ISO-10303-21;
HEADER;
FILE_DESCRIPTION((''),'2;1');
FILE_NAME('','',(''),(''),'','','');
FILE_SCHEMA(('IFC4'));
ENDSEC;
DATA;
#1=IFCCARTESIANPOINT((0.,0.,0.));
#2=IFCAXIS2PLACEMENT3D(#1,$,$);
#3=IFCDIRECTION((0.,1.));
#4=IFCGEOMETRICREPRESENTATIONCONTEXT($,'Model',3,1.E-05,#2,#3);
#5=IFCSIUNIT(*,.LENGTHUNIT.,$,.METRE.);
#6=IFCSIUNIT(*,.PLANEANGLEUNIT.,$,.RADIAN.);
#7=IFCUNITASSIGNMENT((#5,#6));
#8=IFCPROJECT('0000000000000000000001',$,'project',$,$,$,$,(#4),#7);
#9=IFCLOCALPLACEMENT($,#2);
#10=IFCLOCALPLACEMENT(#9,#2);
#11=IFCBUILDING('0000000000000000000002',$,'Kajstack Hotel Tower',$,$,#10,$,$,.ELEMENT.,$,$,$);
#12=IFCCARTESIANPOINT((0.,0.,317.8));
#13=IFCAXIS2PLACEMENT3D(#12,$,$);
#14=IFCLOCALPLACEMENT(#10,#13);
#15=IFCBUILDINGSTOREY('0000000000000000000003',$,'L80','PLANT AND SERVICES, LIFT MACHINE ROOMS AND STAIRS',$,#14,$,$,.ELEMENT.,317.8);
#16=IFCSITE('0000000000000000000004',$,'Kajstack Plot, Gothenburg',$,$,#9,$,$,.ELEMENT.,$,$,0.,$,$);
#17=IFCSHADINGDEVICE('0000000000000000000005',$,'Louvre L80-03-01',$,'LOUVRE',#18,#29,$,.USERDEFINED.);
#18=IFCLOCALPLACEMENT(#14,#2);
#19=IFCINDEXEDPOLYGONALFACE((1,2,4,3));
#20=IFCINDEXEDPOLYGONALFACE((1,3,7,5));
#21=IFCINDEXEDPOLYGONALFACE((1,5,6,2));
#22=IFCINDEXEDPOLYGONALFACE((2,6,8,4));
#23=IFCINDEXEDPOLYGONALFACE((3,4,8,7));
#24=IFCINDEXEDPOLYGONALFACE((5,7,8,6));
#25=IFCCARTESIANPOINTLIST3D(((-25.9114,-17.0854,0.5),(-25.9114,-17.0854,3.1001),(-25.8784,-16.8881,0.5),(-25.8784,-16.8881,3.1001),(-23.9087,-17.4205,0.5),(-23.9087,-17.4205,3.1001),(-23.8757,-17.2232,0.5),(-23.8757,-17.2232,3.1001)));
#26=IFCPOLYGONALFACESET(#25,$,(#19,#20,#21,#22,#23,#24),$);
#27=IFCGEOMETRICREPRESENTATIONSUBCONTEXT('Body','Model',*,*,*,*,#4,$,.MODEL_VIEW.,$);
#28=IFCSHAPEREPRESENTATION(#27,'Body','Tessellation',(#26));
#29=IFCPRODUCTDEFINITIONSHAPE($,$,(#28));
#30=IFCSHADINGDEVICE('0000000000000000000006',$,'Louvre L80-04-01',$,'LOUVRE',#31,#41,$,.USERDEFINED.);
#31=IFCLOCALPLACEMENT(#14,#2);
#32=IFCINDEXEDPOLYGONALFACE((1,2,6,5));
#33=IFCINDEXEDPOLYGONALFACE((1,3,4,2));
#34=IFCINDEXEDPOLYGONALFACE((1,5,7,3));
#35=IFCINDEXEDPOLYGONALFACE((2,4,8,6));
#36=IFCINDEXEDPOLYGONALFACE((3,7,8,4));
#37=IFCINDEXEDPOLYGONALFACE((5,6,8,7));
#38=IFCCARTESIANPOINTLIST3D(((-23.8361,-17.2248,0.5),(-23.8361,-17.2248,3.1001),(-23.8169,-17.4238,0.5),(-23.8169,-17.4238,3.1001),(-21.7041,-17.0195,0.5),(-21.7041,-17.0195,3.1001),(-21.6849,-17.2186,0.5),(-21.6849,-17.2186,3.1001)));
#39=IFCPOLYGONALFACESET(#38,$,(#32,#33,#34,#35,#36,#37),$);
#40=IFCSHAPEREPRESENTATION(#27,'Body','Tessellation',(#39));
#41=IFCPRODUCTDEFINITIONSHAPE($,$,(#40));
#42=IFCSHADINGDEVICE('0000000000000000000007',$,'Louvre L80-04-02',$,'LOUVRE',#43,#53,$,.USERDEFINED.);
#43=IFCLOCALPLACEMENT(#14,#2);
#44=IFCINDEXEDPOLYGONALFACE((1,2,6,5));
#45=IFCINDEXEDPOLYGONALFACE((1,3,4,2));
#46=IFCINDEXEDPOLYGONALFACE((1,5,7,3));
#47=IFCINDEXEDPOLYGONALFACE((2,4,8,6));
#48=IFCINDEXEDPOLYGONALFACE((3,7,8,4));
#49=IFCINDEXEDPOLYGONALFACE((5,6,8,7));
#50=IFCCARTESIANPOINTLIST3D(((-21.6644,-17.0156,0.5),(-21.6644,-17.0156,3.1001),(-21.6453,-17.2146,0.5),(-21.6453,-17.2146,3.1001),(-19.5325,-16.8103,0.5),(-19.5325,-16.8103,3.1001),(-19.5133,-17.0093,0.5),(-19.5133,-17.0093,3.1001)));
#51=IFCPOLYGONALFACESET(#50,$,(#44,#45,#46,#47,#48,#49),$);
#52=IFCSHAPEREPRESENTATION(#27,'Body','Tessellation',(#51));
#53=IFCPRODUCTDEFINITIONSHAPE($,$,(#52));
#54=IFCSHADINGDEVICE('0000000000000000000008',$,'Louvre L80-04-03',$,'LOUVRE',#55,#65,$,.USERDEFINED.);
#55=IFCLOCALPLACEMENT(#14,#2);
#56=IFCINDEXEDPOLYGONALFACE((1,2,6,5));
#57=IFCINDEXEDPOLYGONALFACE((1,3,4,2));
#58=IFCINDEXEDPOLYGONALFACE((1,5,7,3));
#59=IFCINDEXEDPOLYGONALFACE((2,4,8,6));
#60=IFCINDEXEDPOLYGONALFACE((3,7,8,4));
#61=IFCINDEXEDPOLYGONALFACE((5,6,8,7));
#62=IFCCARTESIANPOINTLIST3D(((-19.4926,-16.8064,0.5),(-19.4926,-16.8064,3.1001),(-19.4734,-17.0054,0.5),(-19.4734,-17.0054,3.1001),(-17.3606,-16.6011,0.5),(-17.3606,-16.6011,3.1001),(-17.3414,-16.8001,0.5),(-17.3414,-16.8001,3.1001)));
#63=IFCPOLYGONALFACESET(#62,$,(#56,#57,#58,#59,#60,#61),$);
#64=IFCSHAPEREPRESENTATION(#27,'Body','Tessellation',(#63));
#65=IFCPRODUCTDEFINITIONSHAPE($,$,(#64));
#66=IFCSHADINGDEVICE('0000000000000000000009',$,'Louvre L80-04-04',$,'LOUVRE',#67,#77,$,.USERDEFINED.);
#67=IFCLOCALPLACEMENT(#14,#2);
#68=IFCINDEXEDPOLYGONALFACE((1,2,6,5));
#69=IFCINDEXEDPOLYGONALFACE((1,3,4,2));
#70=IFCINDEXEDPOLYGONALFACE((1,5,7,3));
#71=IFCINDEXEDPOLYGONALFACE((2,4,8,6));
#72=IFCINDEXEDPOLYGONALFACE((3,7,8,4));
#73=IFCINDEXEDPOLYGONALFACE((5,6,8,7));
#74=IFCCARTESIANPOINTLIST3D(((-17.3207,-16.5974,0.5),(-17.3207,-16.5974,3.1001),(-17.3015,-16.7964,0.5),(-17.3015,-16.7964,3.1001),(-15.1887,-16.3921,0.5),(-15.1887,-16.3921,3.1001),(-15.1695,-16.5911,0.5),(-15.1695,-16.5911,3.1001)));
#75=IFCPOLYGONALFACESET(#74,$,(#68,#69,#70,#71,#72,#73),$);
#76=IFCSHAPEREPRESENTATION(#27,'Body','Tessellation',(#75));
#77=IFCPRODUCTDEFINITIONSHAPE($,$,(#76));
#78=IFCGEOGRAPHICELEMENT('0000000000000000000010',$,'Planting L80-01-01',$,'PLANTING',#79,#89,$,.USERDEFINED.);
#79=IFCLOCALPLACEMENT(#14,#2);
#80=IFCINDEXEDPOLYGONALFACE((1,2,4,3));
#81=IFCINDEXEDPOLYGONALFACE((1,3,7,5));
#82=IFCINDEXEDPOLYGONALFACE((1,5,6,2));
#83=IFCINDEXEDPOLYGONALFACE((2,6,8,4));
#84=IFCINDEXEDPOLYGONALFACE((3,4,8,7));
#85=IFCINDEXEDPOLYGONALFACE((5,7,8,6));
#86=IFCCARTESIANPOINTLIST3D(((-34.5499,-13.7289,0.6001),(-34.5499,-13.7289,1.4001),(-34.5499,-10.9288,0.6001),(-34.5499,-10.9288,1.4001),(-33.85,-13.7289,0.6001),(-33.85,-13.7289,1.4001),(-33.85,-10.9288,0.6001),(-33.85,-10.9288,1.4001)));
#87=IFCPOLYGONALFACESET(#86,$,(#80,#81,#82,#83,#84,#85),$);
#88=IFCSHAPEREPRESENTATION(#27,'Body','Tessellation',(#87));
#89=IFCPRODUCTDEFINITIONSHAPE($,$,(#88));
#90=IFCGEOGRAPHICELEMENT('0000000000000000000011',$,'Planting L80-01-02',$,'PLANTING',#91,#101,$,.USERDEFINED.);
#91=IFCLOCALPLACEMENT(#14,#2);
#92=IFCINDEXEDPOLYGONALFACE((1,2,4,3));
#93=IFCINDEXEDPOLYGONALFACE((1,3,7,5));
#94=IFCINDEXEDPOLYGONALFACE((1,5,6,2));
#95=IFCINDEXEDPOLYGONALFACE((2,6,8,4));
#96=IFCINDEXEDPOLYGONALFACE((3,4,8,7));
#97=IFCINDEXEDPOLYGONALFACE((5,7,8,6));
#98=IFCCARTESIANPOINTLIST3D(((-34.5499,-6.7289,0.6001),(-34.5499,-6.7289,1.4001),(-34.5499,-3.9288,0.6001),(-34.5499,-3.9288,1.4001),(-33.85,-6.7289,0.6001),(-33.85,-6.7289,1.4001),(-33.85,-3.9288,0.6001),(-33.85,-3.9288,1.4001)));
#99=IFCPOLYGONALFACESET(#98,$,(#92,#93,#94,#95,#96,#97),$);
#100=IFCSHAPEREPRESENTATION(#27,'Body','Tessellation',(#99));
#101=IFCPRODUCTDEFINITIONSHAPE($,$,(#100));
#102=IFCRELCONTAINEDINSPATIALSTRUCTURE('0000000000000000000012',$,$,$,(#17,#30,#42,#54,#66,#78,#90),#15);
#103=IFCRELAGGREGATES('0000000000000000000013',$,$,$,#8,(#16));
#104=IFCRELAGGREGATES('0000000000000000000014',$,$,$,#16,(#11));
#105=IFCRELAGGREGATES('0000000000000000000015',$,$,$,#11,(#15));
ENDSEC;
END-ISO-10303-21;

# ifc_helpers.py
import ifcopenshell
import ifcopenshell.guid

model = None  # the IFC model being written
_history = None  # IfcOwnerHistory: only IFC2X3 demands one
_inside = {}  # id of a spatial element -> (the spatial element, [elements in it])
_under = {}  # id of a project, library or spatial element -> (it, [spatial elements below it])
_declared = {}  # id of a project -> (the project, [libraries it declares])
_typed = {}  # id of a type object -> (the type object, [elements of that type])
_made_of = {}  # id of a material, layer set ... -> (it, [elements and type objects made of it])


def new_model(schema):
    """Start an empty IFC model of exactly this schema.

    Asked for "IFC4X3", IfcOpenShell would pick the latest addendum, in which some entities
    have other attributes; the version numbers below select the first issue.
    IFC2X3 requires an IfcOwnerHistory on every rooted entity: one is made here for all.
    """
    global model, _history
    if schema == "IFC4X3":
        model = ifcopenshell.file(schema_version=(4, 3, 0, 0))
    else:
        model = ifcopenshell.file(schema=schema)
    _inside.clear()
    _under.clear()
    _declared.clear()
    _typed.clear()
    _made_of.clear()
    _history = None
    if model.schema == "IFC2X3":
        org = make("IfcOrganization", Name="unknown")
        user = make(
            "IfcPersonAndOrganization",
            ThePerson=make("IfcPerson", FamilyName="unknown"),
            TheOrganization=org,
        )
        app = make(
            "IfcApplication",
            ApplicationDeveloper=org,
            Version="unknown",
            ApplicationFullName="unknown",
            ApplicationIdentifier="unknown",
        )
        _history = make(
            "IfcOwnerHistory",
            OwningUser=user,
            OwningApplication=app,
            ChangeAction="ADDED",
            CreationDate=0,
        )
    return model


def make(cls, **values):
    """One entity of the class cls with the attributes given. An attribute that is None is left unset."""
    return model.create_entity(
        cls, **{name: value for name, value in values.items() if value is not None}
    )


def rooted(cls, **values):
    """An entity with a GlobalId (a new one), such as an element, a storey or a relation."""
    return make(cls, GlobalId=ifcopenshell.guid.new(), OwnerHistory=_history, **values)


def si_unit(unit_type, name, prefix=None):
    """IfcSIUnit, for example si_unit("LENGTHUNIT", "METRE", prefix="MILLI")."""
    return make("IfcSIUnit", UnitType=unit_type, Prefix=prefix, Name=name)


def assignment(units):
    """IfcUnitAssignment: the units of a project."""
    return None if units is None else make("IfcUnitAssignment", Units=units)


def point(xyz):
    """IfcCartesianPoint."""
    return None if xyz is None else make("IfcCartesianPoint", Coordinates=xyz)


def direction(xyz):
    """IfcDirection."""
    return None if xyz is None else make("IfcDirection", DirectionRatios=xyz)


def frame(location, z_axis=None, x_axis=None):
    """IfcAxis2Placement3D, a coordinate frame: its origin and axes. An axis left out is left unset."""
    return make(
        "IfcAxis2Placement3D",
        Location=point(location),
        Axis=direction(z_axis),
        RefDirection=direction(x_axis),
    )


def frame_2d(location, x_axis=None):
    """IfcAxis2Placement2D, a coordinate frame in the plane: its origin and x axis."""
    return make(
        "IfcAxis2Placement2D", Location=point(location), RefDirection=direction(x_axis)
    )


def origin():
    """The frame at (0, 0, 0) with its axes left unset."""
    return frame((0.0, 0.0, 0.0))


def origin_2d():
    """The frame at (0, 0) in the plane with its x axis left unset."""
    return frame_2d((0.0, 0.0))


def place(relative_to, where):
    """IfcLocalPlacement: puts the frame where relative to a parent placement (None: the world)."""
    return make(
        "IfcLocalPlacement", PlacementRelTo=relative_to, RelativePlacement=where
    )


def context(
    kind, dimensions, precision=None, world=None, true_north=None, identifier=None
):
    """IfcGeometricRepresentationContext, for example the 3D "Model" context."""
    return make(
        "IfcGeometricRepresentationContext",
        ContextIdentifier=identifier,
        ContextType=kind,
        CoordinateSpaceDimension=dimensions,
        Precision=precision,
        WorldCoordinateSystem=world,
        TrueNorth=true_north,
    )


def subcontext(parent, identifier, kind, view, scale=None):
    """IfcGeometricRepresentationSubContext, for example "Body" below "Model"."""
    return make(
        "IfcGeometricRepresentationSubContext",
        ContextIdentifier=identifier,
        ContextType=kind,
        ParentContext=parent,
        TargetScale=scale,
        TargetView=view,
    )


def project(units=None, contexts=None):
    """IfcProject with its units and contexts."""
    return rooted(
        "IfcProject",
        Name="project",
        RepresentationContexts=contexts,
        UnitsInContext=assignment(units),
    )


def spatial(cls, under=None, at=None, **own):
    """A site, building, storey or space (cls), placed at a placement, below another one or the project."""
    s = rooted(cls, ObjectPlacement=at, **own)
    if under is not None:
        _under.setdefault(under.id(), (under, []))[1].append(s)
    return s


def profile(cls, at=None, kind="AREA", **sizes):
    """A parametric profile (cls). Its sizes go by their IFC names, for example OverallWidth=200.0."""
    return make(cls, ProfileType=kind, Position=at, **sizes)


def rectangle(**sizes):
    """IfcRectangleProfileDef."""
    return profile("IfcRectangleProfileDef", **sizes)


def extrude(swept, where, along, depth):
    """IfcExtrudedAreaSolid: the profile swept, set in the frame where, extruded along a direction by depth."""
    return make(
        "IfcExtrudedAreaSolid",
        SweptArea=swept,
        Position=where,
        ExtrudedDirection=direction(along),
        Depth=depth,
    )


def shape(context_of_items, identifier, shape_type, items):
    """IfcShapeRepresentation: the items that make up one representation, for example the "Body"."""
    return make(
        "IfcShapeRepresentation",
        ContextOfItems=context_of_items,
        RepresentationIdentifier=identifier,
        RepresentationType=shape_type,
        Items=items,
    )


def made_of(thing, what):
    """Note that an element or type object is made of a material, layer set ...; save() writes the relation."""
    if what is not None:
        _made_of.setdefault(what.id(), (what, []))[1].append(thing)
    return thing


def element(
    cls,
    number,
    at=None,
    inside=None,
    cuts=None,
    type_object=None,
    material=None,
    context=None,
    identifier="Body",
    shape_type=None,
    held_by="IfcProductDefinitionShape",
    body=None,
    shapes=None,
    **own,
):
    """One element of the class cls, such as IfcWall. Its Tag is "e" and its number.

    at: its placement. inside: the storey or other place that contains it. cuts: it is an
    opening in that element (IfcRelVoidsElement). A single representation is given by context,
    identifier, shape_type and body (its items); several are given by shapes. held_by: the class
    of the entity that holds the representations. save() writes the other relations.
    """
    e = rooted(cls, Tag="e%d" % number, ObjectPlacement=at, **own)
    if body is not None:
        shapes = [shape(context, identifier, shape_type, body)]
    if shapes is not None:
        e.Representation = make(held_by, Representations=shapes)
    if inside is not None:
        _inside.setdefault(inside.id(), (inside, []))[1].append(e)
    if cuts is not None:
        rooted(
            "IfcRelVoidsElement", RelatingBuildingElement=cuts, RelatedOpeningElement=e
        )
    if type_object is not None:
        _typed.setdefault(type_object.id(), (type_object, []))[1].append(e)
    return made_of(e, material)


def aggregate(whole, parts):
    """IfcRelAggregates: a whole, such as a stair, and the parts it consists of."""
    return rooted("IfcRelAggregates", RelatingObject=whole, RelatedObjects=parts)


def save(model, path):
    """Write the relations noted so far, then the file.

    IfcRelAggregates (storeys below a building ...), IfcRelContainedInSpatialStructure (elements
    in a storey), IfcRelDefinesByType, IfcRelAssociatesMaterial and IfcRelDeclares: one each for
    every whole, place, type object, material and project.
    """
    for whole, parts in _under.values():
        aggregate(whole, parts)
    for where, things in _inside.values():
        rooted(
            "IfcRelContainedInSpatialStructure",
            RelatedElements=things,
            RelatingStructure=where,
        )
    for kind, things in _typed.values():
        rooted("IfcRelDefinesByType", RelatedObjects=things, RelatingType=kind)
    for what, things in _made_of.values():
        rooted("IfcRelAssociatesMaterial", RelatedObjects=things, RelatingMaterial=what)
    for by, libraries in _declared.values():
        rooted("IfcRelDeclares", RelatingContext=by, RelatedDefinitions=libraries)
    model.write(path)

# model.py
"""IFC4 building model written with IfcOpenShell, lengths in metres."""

from ifc_helpers import new_model, si_unit, direction, frame, origin, origin_2d, place, context, subcontext, project, spatial, rectangle, extrude, element, save


model = new_model("IFC4")

# Units and contexts
model_context = context("Model", 3, precision=1e-05, world=origin(), true_north=direction((0.0, 1.0)))
body_context = subcontext(model_context, "Body", "Model", "MODEL_VIEW")
ifc_project = project(units=[si_unit("LENGTHUNIT", "METRE"), si_unit("PLANEANGLEUNIT", "RADIAN")], contexts=[model_context])

# Site, building, storey
site_placement = place(None, origin())
site = spatial("IfcSite", under=ifc_project, at=site_placement, Name="Kajstack Plot, Gothenburg", CompositionType="ELEMENT", RefElevation=0.0)
building_placement = place(site_placement, origin())
building = spatial("IfcBuilding", under=site, at=building_placement, Name="Kajstack Hotel Tower", CompositionType="ELEMENT")
storey_placement = place(building_placement, frame((0.0, 0.0, 317.8)))
storey = spatial("IfcBuildingStorey", under=building, at=storey_placement, Name="L80", Description="PLANT AND SERVICES, LIFT MACHINE ROOMS AND STAIRS", CompositionType="ELEMENT", Elevation=317.8)

# Shading devices
for number, where, z_axis, x_axis, name in (
    (1, (-24.8936, -17.1543, 0.5), (0.0, 0.0, 1.0), (0.986288, -0.165033, 0.0), "Louvre L80-03-01"),
):
    element("IfcShadingDevice", number, at=place(storey_placement, frame(where, z_axis=z_axis, x_axis=x_axis)), inside=storey, Name=name, ObjectType="LOUVRE", PredefinedType="USERDEFINED", context=body_context, shape_type="SweptSolid", body=[
        extrude(rectangle(XDim=2.0305, YDim=0.2, at=origin_2d()), origin(), (0.0, 0.0, 1.0), 2.6001),
    ])
for number, where, z_axis, x_axis, name in (
    (2, (-22.7605, -17.2217, 0.5), (0.0, 0.0, 1.0), (0.995396, 0.095846, 0.0), "Louvre L80-04-01"),
    (3, (-20.5889, -17.0125, 0.5), (0.0, 0.0, 1.0), (0.995396, 0.095846, 0.0), "Louvre L80-04-02"),
    (4, (-18.417, -16.8032, 0.5), (0.0, 0.0, 1.0), (0.995396, 0.095846, 0.0), "Louvre L80-04-03"),
    (5, (-16.2451, -16.5942, 0.5), (0.0, 0.0, 1.0), (0.995396, 0.095846, 0.0), "Louvre L80-04-04"),
):
    element("IfcShadingDevice", number, at=place(storey_placement, frame(where, z_axis=z_axis, x_axis=x_axis)), inside=storey, Name=name, ObjectType="LOUVRE", PredefinedType="USERDEFINED", context=body_context, shape_type="SweptSolid", body=[
        extrude(rectangle(XDim=2.1418, YDim=0.2, at=origin_2d()), origin(), (0.0, 0.0, 1.0), 2.6001),
    ])

# Geographic elements
for number, where, z_axis, x_axis, name in (
    (6, (-34.2, -12.3289, 0.6001), (0.0, 0.0, 1.0), (0.0, 1.0, 0.0), "Planting L80-01-01"),
    (7, (-34.2, -5.3289, 0.6001), (0.0, 0.0, 1.0), (0.0, 1.0, 0.0), "Planting L80-01-02"),
):
    element("IfcGeographicElement", number, at=place(storey_placement, frame(where, z_axis=z_axis, x_axis=x_axis)), inside=storey, Name=name, ObjectType="PLANTING", PredefinedType="USERDEFINED", context=body_context, shape_type="SweptSolid", body=[
        extrude(rectangle(XDim=2.8, YDim=0.7, at=origin_2d()), origin(), (0.0, 0.0, 1.0), 0.8),
    ])

save(model, "model.ifc")
